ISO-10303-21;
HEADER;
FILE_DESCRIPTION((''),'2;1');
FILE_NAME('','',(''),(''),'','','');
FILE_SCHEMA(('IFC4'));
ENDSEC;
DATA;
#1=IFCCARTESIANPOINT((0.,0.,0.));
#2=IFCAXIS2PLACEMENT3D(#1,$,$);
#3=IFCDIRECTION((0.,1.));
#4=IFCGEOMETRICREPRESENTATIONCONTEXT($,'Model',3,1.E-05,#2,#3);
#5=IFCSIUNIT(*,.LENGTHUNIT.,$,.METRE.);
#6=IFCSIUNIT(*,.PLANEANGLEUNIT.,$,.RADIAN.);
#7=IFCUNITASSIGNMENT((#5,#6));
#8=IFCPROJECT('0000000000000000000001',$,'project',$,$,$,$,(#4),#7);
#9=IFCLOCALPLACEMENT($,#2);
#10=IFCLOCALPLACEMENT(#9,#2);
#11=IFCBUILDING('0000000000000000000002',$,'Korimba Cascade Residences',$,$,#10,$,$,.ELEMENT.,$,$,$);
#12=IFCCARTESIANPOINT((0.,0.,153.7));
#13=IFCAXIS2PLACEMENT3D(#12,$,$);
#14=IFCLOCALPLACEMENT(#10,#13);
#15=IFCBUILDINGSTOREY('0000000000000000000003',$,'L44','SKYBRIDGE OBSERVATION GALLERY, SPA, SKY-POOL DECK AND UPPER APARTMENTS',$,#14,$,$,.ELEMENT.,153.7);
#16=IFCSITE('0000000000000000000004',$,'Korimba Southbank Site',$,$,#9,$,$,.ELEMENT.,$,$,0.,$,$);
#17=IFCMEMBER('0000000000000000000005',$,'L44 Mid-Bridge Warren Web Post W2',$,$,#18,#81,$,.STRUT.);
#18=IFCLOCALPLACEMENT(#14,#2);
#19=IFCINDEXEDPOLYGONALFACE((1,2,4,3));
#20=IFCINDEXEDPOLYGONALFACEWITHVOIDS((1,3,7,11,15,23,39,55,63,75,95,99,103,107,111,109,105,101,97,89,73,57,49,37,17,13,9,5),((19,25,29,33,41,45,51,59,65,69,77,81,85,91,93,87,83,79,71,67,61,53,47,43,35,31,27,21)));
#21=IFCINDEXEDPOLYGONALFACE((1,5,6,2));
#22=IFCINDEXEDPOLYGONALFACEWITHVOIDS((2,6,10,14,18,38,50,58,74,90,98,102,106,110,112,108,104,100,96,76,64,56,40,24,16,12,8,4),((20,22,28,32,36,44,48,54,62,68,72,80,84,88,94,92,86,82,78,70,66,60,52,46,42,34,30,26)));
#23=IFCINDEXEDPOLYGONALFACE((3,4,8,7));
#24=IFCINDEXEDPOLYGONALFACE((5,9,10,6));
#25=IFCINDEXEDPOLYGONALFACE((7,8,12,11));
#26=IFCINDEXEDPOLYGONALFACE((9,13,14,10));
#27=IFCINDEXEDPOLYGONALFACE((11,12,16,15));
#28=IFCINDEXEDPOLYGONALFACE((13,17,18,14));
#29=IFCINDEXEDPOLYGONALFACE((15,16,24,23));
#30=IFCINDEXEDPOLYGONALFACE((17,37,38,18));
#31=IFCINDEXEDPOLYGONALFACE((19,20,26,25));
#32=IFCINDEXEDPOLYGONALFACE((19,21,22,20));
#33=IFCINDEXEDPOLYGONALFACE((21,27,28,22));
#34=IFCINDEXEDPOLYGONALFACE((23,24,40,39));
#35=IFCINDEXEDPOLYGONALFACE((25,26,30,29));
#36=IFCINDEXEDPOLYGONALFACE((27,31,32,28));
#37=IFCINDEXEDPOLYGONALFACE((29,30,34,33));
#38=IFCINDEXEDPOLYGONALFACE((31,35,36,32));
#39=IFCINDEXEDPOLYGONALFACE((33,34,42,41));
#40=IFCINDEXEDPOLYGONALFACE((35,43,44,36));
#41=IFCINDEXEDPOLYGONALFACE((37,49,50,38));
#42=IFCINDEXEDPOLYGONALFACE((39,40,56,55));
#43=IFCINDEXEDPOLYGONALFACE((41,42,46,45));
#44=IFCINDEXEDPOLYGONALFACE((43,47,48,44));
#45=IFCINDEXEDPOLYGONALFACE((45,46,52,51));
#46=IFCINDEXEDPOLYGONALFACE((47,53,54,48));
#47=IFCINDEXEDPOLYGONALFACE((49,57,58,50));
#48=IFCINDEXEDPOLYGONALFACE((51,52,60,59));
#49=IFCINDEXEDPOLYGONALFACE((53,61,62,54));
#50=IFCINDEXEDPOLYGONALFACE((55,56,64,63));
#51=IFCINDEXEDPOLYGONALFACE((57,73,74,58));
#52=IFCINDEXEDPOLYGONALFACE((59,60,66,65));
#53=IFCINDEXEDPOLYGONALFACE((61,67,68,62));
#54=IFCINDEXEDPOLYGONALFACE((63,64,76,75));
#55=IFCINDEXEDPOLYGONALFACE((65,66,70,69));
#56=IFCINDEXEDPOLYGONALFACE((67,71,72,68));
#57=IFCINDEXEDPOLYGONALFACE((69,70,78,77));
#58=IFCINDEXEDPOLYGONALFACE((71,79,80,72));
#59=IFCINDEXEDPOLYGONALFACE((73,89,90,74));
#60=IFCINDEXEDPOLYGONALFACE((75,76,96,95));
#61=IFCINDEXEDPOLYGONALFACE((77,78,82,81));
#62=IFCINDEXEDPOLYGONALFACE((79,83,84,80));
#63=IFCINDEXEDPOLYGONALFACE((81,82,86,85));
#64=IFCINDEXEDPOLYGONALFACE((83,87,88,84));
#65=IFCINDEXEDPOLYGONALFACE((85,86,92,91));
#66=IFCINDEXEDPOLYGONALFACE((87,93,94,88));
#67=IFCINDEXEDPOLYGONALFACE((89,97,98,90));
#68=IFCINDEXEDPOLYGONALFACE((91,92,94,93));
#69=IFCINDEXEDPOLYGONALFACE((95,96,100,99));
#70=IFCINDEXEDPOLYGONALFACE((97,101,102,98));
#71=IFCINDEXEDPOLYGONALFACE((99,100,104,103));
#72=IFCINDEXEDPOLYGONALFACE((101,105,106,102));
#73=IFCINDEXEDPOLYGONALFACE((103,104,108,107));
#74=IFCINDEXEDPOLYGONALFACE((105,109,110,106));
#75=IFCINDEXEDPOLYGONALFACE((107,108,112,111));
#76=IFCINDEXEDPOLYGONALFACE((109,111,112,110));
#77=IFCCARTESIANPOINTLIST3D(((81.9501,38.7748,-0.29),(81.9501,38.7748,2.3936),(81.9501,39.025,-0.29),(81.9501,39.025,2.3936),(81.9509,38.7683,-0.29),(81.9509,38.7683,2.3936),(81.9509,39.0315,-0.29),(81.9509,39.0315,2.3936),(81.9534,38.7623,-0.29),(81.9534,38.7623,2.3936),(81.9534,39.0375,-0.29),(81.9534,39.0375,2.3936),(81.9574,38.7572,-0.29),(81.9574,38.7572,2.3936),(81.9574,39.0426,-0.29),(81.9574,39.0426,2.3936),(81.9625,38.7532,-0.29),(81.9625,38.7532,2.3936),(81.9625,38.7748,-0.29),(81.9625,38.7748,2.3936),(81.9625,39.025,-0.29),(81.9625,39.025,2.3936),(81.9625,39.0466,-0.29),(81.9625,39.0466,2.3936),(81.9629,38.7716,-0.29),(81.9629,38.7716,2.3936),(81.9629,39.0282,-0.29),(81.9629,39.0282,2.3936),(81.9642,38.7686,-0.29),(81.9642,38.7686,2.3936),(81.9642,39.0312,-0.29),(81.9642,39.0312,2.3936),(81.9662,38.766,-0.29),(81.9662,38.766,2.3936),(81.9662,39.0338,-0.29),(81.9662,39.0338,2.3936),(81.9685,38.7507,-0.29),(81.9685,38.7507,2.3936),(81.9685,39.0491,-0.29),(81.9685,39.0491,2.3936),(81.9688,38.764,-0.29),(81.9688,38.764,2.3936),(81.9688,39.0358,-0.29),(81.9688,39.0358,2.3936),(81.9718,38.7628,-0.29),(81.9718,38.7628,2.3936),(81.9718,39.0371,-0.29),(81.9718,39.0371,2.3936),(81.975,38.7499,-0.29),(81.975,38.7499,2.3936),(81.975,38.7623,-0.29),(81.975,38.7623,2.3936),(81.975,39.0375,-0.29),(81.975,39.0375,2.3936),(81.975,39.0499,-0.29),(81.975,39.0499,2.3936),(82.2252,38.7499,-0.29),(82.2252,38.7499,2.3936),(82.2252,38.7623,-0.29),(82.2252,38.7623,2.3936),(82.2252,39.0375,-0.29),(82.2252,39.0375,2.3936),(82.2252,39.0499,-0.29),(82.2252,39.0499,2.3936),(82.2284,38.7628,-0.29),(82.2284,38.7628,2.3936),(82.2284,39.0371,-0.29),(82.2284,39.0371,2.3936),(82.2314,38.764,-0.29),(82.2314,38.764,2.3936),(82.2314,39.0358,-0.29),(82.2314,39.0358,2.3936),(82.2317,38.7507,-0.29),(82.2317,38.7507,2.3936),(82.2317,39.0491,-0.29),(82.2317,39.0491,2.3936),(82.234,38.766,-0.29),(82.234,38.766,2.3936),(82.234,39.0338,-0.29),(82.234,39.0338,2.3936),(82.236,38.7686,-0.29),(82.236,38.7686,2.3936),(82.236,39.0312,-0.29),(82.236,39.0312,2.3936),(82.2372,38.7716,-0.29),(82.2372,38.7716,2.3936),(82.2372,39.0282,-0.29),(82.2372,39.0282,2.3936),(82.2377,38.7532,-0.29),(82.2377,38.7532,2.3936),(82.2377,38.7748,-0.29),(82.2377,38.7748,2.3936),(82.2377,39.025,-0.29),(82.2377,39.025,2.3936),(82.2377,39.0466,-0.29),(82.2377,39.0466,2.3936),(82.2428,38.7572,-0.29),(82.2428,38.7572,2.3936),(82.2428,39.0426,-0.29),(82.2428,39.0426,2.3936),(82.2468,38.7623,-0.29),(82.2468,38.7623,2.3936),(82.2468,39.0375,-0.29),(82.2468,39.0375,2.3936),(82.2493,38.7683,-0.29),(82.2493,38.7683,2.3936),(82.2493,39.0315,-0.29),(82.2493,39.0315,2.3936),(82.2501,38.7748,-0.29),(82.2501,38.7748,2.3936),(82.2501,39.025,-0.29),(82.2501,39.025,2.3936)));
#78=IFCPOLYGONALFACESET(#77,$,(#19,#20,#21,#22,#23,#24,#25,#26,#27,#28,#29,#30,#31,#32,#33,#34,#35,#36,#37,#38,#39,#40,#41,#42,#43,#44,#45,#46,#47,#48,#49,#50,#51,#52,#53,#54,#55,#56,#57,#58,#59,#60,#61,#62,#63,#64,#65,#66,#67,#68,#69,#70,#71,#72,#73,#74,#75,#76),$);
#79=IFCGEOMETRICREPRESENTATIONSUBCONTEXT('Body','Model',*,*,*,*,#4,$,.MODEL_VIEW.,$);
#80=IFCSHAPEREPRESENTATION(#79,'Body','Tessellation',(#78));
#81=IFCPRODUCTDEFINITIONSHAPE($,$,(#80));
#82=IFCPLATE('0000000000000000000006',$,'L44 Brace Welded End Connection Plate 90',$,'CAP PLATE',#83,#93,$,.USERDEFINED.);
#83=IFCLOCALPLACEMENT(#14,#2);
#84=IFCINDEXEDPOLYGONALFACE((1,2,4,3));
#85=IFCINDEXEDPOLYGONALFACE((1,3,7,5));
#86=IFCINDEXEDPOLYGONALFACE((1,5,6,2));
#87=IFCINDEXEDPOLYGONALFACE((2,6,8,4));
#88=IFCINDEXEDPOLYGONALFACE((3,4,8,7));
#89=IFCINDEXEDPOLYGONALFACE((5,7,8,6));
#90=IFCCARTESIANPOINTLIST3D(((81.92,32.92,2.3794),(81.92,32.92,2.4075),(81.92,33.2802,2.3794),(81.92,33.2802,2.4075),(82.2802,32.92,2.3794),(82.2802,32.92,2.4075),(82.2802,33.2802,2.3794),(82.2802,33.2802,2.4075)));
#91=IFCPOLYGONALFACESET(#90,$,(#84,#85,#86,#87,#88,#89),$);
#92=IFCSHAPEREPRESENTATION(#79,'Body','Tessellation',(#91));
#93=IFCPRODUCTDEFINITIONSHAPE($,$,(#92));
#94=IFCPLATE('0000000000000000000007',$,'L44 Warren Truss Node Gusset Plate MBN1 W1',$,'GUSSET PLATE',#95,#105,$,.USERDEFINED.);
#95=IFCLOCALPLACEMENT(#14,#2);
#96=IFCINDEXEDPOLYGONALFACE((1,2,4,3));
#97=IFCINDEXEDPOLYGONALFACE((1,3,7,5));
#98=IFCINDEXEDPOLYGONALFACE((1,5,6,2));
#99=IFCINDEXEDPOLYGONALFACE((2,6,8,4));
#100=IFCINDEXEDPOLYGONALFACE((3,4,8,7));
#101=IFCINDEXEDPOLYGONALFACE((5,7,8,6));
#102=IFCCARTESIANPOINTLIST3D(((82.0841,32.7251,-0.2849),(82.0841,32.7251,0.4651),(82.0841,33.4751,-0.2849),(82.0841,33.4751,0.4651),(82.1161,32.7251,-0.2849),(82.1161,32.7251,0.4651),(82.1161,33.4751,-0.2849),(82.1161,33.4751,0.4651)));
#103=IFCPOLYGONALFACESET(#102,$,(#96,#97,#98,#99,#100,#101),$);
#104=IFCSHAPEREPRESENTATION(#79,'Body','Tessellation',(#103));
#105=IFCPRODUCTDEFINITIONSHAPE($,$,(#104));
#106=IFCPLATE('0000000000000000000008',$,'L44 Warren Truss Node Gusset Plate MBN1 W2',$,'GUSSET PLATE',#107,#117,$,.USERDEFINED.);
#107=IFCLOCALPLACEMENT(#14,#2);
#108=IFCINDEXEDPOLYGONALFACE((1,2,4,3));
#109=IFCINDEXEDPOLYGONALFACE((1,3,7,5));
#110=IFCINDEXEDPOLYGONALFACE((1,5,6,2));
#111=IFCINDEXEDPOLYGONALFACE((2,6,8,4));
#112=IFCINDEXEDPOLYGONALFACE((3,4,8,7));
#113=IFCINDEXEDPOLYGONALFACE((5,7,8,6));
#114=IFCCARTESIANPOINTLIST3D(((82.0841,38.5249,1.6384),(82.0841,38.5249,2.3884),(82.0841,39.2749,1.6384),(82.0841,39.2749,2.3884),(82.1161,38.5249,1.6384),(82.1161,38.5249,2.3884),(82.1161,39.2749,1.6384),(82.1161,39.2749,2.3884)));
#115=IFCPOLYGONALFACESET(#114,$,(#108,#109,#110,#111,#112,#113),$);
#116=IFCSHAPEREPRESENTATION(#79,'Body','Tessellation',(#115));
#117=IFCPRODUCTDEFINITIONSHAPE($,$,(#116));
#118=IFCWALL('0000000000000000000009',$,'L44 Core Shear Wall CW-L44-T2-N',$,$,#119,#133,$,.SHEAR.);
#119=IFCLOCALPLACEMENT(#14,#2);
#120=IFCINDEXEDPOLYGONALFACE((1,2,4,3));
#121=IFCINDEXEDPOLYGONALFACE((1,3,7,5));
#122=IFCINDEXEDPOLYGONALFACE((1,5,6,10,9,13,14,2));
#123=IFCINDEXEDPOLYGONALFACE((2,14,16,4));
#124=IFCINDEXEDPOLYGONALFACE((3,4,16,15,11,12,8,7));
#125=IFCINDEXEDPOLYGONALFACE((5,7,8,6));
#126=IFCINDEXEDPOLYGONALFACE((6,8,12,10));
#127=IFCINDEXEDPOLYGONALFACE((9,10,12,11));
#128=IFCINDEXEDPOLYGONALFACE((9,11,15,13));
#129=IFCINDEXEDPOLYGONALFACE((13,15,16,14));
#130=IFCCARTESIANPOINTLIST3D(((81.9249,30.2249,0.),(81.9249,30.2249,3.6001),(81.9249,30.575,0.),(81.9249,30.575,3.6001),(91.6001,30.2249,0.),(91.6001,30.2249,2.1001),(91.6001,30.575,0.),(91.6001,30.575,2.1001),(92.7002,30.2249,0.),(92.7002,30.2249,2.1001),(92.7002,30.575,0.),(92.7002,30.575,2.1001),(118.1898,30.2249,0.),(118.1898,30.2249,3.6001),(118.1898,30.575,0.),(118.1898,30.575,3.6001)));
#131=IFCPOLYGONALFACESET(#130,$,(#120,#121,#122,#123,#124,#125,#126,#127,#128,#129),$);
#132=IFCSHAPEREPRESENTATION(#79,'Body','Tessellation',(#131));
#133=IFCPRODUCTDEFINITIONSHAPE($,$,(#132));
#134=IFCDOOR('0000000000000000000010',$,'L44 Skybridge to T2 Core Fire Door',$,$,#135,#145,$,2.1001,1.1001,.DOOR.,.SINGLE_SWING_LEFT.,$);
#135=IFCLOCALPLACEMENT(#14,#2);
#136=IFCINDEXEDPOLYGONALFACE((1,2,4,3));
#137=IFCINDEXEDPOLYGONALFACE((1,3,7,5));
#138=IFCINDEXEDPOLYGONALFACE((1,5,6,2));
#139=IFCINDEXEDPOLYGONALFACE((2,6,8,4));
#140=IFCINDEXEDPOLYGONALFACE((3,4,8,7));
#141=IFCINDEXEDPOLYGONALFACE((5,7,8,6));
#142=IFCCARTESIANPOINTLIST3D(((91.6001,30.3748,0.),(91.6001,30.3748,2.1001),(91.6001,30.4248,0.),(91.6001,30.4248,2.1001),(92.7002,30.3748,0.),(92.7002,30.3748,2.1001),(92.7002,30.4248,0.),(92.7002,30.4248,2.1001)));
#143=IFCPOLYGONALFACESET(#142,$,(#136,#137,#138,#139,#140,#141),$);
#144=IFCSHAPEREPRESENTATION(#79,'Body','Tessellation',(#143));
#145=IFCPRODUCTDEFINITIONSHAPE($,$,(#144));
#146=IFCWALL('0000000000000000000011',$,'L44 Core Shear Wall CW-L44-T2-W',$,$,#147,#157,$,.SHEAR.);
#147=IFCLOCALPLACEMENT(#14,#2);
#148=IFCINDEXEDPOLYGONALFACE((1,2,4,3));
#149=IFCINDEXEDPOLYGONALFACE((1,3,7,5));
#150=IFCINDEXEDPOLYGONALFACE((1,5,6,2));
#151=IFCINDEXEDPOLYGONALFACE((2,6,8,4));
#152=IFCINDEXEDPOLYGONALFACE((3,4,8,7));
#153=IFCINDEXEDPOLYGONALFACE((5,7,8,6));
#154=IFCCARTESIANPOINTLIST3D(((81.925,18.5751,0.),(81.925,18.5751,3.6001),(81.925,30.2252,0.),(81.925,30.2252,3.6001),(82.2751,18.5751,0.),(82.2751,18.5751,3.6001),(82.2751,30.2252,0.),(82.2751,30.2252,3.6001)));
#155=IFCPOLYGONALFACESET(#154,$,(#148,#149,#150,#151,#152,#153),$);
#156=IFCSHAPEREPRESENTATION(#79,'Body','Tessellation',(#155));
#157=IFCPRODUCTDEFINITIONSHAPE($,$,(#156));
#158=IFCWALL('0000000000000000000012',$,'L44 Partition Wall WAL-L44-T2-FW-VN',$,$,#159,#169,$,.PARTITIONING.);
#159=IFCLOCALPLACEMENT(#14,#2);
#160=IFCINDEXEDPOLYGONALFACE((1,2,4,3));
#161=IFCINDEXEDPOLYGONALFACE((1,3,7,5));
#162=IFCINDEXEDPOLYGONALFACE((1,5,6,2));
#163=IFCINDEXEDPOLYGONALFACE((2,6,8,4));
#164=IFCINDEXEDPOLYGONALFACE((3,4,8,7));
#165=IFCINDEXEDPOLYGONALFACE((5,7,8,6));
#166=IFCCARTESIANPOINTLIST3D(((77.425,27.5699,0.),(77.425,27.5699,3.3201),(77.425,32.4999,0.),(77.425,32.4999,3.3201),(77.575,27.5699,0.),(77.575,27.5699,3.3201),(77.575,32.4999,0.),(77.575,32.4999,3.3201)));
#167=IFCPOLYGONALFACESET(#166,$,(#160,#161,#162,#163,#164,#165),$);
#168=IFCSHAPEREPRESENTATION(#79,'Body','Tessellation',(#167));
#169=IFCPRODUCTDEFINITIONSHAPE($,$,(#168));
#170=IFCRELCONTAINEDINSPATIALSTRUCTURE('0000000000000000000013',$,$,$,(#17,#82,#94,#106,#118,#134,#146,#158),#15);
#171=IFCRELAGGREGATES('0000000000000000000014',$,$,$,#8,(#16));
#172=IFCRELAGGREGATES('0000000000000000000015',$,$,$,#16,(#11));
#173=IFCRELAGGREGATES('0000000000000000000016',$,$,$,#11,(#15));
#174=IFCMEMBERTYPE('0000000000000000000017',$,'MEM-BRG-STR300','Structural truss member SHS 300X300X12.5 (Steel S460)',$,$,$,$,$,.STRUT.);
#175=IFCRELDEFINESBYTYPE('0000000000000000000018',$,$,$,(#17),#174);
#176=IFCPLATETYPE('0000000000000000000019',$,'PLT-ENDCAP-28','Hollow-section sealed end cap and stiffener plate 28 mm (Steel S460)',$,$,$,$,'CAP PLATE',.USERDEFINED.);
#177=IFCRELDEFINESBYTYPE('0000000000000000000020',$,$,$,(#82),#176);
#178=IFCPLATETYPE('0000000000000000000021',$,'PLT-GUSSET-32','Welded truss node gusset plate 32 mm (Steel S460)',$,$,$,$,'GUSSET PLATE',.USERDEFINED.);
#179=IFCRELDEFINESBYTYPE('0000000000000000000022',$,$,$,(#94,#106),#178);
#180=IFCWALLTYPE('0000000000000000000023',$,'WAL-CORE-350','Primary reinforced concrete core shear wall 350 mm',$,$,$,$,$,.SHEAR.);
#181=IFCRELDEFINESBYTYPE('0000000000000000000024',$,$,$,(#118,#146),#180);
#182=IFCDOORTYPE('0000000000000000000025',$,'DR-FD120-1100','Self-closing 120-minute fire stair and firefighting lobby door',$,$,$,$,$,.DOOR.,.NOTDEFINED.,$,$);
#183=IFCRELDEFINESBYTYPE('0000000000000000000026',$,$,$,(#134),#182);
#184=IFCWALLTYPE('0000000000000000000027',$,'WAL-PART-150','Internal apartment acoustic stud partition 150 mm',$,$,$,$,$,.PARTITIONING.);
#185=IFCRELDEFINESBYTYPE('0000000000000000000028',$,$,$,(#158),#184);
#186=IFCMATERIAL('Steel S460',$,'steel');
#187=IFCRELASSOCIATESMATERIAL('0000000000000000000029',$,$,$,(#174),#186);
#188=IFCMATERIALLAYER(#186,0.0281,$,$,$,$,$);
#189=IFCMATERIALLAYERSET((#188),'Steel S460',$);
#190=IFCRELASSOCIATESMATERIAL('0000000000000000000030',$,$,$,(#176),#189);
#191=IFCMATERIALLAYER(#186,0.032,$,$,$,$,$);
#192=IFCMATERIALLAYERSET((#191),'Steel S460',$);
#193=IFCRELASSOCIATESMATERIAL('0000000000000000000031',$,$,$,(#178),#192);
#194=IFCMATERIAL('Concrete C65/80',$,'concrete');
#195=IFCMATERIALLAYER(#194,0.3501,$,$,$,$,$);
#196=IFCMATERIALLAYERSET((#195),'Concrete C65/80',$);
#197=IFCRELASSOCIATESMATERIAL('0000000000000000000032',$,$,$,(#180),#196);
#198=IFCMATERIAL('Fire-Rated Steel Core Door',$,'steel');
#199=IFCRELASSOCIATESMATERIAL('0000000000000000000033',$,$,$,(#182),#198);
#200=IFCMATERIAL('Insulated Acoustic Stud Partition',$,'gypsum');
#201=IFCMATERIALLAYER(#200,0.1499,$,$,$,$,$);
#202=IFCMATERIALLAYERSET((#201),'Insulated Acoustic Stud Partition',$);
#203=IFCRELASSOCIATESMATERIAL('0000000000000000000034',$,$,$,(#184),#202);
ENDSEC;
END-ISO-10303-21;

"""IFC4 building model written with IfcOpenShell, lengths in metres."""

from ifc_helpers import new_model, si_unit, direction, frame, frame_2d, origin, origin_2d, place, context, subcontext, project, spatial, rectangle, hollow_rectangle, extrude, material, layer, layer_set, material_profile, profile_set, type_object, element, fill, save


model = new_model("IFC4")

# Units and contexts
model_context = context("Model", 3, precision=1e-05, world=origin(), true_north=direction((0.0, 1.0)))
body_context = subcontext(model_context, "Body", "Model", "MODEL_VIEW")
ifc_project = project(units=[si_unit("LENGTHUNIT", "METRE"), si_unit("PLANEANGLEUNIT", "RADIAN")], contexts=[model_context])

# Site, building, storey
site_placement = place(None, origin())
site = spatial("IfcSite", under=ifc_project, at=site_placement, Name="Korimba Southbank Site", CompositionType="ELEMENT", RefElevation=0.0)
building_placement = place(site_placement, origin())
building = spatial("IfcBuilding", under=site, at=building_placement, Name="Korimba Cascade Residences", CompositionType="ELEMENT")
storey_placement = place(building_placement, frame((0.0, 0.0, 153.7)))
storey = spatial("IfcBuildingStorey", under=building, at=storey_placement, Name="L44", Description="SKYBRIDGE OBSERVATION GALLERY, SPA, SKY-POOL DECK AND UPPER APARTMENTS", CompositionType="ELEMENT", Elevation=153.7)

# Shared definitions
ifc_material_1 = material(Name="Steel S460", Category="steel")

# Member
ifc_material_profile_1 = material_profile(ifc_material_1, hollow_rectangle(XDim=0.3, YDim=0.3, WallThickness=0.0125, InnerFilletRadius=0.0125, OuterFilletRadius=0.0249, at=origin_2d()), Name="Steel S460")
ifc_profile_set_1 = profile_set([ifc_material_profile_1], Name="Steel S460")
member_type_1 = type_object("IfcMemberType", Name="MEM-BRG-STR300", Description="Structural truss member SHS 300X300X12.5 (Steel S460)", PredefinedType="STRUT", material=ifc_profile_set_1)
for number, where, z_axis, x_axis, name in (
    (1, (82.1001, 38.8999, -0.29), (0.0, 0.0, 1.0), (1.0, 0.0, 0.0), "L44 Mid-Bridge Warren Web Post W2"),
):
    element("IfcMember", number, at=place(storey_placement, frame(where, z_axis=z_axis, x_axis=x_axis)), inside=storey, type_object=member_type_1, Name=name, PredefinedType="STRUT", context=body_context, shape_type="SweptSolid", body=[
        extrude(hollow_rectangle(XDim=0.3, YDim=0.3, WallThickness=0.0125, InnerFilletRadius=0.0125, OuterFilletRadius=0.0249, at=origin_2d()), origin(), (0.0, 0.0, 1.0), 2.6836),
    ])

# Plates
ifc_layer_1 = layer(ifc_material_1, 0.0281)
ifc_layer_set_1 = layer_set([ifc_layer_1], Name="Steel S460")
plate_type_1 = type_object("IfcPlateType", Name="PLT-ENDCAP-28", Description="Hollow-section sealed end cap and stiffener plate 28 mm (Steel S460)", ElementType="CAP PLATE", PredefinedType="USERDEFINED", material=ifc_layer_set_1)
plate_placement = place(storey_placement, frame((82.1001, 33.1001, 2.3794), z_axis=(0.0, 0.0, 1.0), x_axis=(1.0, 0.0, 0.0)))
element("IfcPlate", 2, at=plate_placement, inside=storey, type_object=plate_type_1, Name="L44 Brace Welded End Connection Plate 90", ObjectType="CAP PLATE", PredefinedType="USERDEFINED", context=body_context, shape_type="SweptSolid", body=[
    extrude(rectangle(XDim=0.3601, YDim=0.3601, at=origin_2d()), origin(), (0.0, 0.0, 1.0), 0.0281),
])
ifc_layer_2 = layer(ifc_material_1, 0.032)
ifc_layer_set_2 = layer_set([ifc_layer_2], Name="Steel S460")
plate_type_2 = type_object("IfcPlateType", Name="PLT-GUSSET-32", Description="Welded truss node gusset plate 32 mm (Steel S460)", ElementType="GUSSET PLATE", PredefinedType="USERDEFINED", material=ifc_layer_set_2)
for number, where, z_axis, x_axis, name in (
    (3, (82.1001, 33.1001, -0.2849), (0.0, 0.0, 1.0), (1.0, 0.0, 0.0), "L44 Warren Truss Node Gusset Plate MBN1 W1"),
    (4, (82.1001, 38.8999, 1.6384), (0.0, 0.0, 1.0), (1.0, 0.0, 0.0), "L44 Warren Truss Node Gusset Plate MBN1 W2"),
):
    element("IfcPlate", number, at=place(storey_placement, frame(where, z_axis=z_axis, x_axis=x_axis)), inside=storey, type_object=plate_type_2, Name=name, ObjectType="GUSSET PLATE", PredefinedType="USERDEFINED", context=body_context, shape_type="SweptSolid", body=[
        extrude(rectangle(XDim=0.032, YDim=0.75, at=origin_2d()), origin(), (0.0, 0.0, 1.0), 0.75),
    ])

# Wall, opening, door
ifc_material_2 = material(Name="Concrete C65/80", Category="concrete")
ifc_layer_3 = layer(ifc_material_2, 0.3501)
ifc_layer_set_3 = layer_set([ifc_layer_3], Name="Concrete C65/80")
wall_type_1 = type_object("IfcWallType", Name="WAL-CORE-350", Description="Primary reinforced concrete core shear wall 350 mm", PredefinedType="SHEAR", material=ifc_layer_set_3)
wall_1_placement = place(storey_placement, frame((81.925, 30.3999, 0.0), z_axis=(0.0, 0.0, 1.0), x_axis=(1.0, 0.0, 0.0)))
wall_1 = element("IfcWall", 5, at=wall_1_placement, inside=storey, type_object=wall_type_1, Name="L44 Core Shear Wall CW-L44-T2-N", PredefinedType="SHEAR", context=body_context, shape_type="SweptSolid", body=[
    extrude(rectangle(XDim=36.2649, YDim=0.3501, at=frame_2d((18.1323, 0.0))), origin(), (0.0, 0.0, 1.0), 3.6001),
])
opening_1_placement = place(wall_1_placement, frame((9.675, 0.0, 0.0)))
opening_1 = element("IfcOpeningElement", 6, at=opening_1_placement, cuts=wall_1, PredefinedType="OPENING", context=body_context, shape_type="SweptSolid", body=[
    extrude(rectangle(XDim=1.1001, YDim=2.1001, at=frame_2d((0.55, 1.05))), frame((0.0, 0.1851, 0.0), z_axis=(0.0, -1.0, 0.0), x_axis=(1.0, 0.0, 0.0)), (0.0, 0.0, 1.0), 0.3701),
])
ifc_material_3 = material(Name="Fire-Rated Steel Core Door", Category="steel")
door_type_1 = type_object("IfcDoorType", Name="DR-FD120-1100", Description="Self-closing 120-minute fire stair and firefighting lobby door", OperationType="NOTDEFINED", PredefinedType="DOOR", material=ifc_material_3)
door_1_placement = place(opening_1_placement, origin())
door_1 = element("IfcDoor", 7, at=door_1_placement, inside=storey, type_object=door_type_1, Name="L44 Skybridge to T2 Core Fire Door", OperationType="SINGLE_SWING_LEFT", OverallHeight=2.1001, OverallWidth=1.1001, PredefinedType="DOOR", context=body_context, shape_type="SweptSolid", body=[
    extrude(rectangle(XDim=1.1001, YDim=2.1001, at=frame_2d((0.55, 1.05))), frame((0.0, 0.0249, 0.0), z_axis=(0.0, -1.0, 0.0), x_axis=(1.0, 0.0, 0.0)), (0.0, 0.0, 1.0), 0.05),
])
fill(opening_1, door_1)

# Walls
wall_2_placement = place(storey_placement, frame((82.1001, 18.575, 0.0), z_axis=(0.0, 0.0, 1.0), x_axis=(0.0, 1.0, 0.0)))
element("IfcWall", 8, at=wall_2_placement, inside=storey, type_object=wall_type_1, Name="L44 Core Shear Wall CW-L44-T2-W", PredefinedType="SHEAR", context=body_context, shape_type="SweptSolid", body=[
    extrude(rectangle(XDim=11.6501, YDim=0.3501, at=frame_2d((5.8252, 0.0))), origin(), (0.0, 0.0, 1.0), 3.6001),
])
ifc_material_4 = material(Name="Insulated Acoustic Stud Partition", Category="gypsum")
ifc_layer_4 = layer(ifc_material_4, 0.1499)
ifc_layer_set_4 = layer_set([ifc_layer_4], Name="Insulated Acoustic Stud Partition")
wall_type_2 = type_object("IfcWallType", Name="WAL-PART-150", Description="Internal apartment acoustic stud partition 150 mm", PredefinedType="PARTITIONING", material=ifc_layer_set_4)
wall_3_placement = place(storey_placement, frame((77.5, 27.5701, 0.0), z_axis=(0.0, 0.0, 1.0), x_axis=(0.0, 1.0, 0.0)))
element("IfcWall", 9, at=wall_3_placement, inside=storey, type_object=wall_type_2, Name="L44 Partition Wall WAL-L44-T2-FW-VN", PredefinedType="PARTITIONING", context=body_context, shape_type="SweptSolid", body=[
    extrude(rectangle(XDim=4.9299, YDim=0.1499, at=frame_2d((2.4648, 0.0))), origin(), (0.0, 0.0, 1.0), 3.3201),
])

save(model, "model.ifc")
